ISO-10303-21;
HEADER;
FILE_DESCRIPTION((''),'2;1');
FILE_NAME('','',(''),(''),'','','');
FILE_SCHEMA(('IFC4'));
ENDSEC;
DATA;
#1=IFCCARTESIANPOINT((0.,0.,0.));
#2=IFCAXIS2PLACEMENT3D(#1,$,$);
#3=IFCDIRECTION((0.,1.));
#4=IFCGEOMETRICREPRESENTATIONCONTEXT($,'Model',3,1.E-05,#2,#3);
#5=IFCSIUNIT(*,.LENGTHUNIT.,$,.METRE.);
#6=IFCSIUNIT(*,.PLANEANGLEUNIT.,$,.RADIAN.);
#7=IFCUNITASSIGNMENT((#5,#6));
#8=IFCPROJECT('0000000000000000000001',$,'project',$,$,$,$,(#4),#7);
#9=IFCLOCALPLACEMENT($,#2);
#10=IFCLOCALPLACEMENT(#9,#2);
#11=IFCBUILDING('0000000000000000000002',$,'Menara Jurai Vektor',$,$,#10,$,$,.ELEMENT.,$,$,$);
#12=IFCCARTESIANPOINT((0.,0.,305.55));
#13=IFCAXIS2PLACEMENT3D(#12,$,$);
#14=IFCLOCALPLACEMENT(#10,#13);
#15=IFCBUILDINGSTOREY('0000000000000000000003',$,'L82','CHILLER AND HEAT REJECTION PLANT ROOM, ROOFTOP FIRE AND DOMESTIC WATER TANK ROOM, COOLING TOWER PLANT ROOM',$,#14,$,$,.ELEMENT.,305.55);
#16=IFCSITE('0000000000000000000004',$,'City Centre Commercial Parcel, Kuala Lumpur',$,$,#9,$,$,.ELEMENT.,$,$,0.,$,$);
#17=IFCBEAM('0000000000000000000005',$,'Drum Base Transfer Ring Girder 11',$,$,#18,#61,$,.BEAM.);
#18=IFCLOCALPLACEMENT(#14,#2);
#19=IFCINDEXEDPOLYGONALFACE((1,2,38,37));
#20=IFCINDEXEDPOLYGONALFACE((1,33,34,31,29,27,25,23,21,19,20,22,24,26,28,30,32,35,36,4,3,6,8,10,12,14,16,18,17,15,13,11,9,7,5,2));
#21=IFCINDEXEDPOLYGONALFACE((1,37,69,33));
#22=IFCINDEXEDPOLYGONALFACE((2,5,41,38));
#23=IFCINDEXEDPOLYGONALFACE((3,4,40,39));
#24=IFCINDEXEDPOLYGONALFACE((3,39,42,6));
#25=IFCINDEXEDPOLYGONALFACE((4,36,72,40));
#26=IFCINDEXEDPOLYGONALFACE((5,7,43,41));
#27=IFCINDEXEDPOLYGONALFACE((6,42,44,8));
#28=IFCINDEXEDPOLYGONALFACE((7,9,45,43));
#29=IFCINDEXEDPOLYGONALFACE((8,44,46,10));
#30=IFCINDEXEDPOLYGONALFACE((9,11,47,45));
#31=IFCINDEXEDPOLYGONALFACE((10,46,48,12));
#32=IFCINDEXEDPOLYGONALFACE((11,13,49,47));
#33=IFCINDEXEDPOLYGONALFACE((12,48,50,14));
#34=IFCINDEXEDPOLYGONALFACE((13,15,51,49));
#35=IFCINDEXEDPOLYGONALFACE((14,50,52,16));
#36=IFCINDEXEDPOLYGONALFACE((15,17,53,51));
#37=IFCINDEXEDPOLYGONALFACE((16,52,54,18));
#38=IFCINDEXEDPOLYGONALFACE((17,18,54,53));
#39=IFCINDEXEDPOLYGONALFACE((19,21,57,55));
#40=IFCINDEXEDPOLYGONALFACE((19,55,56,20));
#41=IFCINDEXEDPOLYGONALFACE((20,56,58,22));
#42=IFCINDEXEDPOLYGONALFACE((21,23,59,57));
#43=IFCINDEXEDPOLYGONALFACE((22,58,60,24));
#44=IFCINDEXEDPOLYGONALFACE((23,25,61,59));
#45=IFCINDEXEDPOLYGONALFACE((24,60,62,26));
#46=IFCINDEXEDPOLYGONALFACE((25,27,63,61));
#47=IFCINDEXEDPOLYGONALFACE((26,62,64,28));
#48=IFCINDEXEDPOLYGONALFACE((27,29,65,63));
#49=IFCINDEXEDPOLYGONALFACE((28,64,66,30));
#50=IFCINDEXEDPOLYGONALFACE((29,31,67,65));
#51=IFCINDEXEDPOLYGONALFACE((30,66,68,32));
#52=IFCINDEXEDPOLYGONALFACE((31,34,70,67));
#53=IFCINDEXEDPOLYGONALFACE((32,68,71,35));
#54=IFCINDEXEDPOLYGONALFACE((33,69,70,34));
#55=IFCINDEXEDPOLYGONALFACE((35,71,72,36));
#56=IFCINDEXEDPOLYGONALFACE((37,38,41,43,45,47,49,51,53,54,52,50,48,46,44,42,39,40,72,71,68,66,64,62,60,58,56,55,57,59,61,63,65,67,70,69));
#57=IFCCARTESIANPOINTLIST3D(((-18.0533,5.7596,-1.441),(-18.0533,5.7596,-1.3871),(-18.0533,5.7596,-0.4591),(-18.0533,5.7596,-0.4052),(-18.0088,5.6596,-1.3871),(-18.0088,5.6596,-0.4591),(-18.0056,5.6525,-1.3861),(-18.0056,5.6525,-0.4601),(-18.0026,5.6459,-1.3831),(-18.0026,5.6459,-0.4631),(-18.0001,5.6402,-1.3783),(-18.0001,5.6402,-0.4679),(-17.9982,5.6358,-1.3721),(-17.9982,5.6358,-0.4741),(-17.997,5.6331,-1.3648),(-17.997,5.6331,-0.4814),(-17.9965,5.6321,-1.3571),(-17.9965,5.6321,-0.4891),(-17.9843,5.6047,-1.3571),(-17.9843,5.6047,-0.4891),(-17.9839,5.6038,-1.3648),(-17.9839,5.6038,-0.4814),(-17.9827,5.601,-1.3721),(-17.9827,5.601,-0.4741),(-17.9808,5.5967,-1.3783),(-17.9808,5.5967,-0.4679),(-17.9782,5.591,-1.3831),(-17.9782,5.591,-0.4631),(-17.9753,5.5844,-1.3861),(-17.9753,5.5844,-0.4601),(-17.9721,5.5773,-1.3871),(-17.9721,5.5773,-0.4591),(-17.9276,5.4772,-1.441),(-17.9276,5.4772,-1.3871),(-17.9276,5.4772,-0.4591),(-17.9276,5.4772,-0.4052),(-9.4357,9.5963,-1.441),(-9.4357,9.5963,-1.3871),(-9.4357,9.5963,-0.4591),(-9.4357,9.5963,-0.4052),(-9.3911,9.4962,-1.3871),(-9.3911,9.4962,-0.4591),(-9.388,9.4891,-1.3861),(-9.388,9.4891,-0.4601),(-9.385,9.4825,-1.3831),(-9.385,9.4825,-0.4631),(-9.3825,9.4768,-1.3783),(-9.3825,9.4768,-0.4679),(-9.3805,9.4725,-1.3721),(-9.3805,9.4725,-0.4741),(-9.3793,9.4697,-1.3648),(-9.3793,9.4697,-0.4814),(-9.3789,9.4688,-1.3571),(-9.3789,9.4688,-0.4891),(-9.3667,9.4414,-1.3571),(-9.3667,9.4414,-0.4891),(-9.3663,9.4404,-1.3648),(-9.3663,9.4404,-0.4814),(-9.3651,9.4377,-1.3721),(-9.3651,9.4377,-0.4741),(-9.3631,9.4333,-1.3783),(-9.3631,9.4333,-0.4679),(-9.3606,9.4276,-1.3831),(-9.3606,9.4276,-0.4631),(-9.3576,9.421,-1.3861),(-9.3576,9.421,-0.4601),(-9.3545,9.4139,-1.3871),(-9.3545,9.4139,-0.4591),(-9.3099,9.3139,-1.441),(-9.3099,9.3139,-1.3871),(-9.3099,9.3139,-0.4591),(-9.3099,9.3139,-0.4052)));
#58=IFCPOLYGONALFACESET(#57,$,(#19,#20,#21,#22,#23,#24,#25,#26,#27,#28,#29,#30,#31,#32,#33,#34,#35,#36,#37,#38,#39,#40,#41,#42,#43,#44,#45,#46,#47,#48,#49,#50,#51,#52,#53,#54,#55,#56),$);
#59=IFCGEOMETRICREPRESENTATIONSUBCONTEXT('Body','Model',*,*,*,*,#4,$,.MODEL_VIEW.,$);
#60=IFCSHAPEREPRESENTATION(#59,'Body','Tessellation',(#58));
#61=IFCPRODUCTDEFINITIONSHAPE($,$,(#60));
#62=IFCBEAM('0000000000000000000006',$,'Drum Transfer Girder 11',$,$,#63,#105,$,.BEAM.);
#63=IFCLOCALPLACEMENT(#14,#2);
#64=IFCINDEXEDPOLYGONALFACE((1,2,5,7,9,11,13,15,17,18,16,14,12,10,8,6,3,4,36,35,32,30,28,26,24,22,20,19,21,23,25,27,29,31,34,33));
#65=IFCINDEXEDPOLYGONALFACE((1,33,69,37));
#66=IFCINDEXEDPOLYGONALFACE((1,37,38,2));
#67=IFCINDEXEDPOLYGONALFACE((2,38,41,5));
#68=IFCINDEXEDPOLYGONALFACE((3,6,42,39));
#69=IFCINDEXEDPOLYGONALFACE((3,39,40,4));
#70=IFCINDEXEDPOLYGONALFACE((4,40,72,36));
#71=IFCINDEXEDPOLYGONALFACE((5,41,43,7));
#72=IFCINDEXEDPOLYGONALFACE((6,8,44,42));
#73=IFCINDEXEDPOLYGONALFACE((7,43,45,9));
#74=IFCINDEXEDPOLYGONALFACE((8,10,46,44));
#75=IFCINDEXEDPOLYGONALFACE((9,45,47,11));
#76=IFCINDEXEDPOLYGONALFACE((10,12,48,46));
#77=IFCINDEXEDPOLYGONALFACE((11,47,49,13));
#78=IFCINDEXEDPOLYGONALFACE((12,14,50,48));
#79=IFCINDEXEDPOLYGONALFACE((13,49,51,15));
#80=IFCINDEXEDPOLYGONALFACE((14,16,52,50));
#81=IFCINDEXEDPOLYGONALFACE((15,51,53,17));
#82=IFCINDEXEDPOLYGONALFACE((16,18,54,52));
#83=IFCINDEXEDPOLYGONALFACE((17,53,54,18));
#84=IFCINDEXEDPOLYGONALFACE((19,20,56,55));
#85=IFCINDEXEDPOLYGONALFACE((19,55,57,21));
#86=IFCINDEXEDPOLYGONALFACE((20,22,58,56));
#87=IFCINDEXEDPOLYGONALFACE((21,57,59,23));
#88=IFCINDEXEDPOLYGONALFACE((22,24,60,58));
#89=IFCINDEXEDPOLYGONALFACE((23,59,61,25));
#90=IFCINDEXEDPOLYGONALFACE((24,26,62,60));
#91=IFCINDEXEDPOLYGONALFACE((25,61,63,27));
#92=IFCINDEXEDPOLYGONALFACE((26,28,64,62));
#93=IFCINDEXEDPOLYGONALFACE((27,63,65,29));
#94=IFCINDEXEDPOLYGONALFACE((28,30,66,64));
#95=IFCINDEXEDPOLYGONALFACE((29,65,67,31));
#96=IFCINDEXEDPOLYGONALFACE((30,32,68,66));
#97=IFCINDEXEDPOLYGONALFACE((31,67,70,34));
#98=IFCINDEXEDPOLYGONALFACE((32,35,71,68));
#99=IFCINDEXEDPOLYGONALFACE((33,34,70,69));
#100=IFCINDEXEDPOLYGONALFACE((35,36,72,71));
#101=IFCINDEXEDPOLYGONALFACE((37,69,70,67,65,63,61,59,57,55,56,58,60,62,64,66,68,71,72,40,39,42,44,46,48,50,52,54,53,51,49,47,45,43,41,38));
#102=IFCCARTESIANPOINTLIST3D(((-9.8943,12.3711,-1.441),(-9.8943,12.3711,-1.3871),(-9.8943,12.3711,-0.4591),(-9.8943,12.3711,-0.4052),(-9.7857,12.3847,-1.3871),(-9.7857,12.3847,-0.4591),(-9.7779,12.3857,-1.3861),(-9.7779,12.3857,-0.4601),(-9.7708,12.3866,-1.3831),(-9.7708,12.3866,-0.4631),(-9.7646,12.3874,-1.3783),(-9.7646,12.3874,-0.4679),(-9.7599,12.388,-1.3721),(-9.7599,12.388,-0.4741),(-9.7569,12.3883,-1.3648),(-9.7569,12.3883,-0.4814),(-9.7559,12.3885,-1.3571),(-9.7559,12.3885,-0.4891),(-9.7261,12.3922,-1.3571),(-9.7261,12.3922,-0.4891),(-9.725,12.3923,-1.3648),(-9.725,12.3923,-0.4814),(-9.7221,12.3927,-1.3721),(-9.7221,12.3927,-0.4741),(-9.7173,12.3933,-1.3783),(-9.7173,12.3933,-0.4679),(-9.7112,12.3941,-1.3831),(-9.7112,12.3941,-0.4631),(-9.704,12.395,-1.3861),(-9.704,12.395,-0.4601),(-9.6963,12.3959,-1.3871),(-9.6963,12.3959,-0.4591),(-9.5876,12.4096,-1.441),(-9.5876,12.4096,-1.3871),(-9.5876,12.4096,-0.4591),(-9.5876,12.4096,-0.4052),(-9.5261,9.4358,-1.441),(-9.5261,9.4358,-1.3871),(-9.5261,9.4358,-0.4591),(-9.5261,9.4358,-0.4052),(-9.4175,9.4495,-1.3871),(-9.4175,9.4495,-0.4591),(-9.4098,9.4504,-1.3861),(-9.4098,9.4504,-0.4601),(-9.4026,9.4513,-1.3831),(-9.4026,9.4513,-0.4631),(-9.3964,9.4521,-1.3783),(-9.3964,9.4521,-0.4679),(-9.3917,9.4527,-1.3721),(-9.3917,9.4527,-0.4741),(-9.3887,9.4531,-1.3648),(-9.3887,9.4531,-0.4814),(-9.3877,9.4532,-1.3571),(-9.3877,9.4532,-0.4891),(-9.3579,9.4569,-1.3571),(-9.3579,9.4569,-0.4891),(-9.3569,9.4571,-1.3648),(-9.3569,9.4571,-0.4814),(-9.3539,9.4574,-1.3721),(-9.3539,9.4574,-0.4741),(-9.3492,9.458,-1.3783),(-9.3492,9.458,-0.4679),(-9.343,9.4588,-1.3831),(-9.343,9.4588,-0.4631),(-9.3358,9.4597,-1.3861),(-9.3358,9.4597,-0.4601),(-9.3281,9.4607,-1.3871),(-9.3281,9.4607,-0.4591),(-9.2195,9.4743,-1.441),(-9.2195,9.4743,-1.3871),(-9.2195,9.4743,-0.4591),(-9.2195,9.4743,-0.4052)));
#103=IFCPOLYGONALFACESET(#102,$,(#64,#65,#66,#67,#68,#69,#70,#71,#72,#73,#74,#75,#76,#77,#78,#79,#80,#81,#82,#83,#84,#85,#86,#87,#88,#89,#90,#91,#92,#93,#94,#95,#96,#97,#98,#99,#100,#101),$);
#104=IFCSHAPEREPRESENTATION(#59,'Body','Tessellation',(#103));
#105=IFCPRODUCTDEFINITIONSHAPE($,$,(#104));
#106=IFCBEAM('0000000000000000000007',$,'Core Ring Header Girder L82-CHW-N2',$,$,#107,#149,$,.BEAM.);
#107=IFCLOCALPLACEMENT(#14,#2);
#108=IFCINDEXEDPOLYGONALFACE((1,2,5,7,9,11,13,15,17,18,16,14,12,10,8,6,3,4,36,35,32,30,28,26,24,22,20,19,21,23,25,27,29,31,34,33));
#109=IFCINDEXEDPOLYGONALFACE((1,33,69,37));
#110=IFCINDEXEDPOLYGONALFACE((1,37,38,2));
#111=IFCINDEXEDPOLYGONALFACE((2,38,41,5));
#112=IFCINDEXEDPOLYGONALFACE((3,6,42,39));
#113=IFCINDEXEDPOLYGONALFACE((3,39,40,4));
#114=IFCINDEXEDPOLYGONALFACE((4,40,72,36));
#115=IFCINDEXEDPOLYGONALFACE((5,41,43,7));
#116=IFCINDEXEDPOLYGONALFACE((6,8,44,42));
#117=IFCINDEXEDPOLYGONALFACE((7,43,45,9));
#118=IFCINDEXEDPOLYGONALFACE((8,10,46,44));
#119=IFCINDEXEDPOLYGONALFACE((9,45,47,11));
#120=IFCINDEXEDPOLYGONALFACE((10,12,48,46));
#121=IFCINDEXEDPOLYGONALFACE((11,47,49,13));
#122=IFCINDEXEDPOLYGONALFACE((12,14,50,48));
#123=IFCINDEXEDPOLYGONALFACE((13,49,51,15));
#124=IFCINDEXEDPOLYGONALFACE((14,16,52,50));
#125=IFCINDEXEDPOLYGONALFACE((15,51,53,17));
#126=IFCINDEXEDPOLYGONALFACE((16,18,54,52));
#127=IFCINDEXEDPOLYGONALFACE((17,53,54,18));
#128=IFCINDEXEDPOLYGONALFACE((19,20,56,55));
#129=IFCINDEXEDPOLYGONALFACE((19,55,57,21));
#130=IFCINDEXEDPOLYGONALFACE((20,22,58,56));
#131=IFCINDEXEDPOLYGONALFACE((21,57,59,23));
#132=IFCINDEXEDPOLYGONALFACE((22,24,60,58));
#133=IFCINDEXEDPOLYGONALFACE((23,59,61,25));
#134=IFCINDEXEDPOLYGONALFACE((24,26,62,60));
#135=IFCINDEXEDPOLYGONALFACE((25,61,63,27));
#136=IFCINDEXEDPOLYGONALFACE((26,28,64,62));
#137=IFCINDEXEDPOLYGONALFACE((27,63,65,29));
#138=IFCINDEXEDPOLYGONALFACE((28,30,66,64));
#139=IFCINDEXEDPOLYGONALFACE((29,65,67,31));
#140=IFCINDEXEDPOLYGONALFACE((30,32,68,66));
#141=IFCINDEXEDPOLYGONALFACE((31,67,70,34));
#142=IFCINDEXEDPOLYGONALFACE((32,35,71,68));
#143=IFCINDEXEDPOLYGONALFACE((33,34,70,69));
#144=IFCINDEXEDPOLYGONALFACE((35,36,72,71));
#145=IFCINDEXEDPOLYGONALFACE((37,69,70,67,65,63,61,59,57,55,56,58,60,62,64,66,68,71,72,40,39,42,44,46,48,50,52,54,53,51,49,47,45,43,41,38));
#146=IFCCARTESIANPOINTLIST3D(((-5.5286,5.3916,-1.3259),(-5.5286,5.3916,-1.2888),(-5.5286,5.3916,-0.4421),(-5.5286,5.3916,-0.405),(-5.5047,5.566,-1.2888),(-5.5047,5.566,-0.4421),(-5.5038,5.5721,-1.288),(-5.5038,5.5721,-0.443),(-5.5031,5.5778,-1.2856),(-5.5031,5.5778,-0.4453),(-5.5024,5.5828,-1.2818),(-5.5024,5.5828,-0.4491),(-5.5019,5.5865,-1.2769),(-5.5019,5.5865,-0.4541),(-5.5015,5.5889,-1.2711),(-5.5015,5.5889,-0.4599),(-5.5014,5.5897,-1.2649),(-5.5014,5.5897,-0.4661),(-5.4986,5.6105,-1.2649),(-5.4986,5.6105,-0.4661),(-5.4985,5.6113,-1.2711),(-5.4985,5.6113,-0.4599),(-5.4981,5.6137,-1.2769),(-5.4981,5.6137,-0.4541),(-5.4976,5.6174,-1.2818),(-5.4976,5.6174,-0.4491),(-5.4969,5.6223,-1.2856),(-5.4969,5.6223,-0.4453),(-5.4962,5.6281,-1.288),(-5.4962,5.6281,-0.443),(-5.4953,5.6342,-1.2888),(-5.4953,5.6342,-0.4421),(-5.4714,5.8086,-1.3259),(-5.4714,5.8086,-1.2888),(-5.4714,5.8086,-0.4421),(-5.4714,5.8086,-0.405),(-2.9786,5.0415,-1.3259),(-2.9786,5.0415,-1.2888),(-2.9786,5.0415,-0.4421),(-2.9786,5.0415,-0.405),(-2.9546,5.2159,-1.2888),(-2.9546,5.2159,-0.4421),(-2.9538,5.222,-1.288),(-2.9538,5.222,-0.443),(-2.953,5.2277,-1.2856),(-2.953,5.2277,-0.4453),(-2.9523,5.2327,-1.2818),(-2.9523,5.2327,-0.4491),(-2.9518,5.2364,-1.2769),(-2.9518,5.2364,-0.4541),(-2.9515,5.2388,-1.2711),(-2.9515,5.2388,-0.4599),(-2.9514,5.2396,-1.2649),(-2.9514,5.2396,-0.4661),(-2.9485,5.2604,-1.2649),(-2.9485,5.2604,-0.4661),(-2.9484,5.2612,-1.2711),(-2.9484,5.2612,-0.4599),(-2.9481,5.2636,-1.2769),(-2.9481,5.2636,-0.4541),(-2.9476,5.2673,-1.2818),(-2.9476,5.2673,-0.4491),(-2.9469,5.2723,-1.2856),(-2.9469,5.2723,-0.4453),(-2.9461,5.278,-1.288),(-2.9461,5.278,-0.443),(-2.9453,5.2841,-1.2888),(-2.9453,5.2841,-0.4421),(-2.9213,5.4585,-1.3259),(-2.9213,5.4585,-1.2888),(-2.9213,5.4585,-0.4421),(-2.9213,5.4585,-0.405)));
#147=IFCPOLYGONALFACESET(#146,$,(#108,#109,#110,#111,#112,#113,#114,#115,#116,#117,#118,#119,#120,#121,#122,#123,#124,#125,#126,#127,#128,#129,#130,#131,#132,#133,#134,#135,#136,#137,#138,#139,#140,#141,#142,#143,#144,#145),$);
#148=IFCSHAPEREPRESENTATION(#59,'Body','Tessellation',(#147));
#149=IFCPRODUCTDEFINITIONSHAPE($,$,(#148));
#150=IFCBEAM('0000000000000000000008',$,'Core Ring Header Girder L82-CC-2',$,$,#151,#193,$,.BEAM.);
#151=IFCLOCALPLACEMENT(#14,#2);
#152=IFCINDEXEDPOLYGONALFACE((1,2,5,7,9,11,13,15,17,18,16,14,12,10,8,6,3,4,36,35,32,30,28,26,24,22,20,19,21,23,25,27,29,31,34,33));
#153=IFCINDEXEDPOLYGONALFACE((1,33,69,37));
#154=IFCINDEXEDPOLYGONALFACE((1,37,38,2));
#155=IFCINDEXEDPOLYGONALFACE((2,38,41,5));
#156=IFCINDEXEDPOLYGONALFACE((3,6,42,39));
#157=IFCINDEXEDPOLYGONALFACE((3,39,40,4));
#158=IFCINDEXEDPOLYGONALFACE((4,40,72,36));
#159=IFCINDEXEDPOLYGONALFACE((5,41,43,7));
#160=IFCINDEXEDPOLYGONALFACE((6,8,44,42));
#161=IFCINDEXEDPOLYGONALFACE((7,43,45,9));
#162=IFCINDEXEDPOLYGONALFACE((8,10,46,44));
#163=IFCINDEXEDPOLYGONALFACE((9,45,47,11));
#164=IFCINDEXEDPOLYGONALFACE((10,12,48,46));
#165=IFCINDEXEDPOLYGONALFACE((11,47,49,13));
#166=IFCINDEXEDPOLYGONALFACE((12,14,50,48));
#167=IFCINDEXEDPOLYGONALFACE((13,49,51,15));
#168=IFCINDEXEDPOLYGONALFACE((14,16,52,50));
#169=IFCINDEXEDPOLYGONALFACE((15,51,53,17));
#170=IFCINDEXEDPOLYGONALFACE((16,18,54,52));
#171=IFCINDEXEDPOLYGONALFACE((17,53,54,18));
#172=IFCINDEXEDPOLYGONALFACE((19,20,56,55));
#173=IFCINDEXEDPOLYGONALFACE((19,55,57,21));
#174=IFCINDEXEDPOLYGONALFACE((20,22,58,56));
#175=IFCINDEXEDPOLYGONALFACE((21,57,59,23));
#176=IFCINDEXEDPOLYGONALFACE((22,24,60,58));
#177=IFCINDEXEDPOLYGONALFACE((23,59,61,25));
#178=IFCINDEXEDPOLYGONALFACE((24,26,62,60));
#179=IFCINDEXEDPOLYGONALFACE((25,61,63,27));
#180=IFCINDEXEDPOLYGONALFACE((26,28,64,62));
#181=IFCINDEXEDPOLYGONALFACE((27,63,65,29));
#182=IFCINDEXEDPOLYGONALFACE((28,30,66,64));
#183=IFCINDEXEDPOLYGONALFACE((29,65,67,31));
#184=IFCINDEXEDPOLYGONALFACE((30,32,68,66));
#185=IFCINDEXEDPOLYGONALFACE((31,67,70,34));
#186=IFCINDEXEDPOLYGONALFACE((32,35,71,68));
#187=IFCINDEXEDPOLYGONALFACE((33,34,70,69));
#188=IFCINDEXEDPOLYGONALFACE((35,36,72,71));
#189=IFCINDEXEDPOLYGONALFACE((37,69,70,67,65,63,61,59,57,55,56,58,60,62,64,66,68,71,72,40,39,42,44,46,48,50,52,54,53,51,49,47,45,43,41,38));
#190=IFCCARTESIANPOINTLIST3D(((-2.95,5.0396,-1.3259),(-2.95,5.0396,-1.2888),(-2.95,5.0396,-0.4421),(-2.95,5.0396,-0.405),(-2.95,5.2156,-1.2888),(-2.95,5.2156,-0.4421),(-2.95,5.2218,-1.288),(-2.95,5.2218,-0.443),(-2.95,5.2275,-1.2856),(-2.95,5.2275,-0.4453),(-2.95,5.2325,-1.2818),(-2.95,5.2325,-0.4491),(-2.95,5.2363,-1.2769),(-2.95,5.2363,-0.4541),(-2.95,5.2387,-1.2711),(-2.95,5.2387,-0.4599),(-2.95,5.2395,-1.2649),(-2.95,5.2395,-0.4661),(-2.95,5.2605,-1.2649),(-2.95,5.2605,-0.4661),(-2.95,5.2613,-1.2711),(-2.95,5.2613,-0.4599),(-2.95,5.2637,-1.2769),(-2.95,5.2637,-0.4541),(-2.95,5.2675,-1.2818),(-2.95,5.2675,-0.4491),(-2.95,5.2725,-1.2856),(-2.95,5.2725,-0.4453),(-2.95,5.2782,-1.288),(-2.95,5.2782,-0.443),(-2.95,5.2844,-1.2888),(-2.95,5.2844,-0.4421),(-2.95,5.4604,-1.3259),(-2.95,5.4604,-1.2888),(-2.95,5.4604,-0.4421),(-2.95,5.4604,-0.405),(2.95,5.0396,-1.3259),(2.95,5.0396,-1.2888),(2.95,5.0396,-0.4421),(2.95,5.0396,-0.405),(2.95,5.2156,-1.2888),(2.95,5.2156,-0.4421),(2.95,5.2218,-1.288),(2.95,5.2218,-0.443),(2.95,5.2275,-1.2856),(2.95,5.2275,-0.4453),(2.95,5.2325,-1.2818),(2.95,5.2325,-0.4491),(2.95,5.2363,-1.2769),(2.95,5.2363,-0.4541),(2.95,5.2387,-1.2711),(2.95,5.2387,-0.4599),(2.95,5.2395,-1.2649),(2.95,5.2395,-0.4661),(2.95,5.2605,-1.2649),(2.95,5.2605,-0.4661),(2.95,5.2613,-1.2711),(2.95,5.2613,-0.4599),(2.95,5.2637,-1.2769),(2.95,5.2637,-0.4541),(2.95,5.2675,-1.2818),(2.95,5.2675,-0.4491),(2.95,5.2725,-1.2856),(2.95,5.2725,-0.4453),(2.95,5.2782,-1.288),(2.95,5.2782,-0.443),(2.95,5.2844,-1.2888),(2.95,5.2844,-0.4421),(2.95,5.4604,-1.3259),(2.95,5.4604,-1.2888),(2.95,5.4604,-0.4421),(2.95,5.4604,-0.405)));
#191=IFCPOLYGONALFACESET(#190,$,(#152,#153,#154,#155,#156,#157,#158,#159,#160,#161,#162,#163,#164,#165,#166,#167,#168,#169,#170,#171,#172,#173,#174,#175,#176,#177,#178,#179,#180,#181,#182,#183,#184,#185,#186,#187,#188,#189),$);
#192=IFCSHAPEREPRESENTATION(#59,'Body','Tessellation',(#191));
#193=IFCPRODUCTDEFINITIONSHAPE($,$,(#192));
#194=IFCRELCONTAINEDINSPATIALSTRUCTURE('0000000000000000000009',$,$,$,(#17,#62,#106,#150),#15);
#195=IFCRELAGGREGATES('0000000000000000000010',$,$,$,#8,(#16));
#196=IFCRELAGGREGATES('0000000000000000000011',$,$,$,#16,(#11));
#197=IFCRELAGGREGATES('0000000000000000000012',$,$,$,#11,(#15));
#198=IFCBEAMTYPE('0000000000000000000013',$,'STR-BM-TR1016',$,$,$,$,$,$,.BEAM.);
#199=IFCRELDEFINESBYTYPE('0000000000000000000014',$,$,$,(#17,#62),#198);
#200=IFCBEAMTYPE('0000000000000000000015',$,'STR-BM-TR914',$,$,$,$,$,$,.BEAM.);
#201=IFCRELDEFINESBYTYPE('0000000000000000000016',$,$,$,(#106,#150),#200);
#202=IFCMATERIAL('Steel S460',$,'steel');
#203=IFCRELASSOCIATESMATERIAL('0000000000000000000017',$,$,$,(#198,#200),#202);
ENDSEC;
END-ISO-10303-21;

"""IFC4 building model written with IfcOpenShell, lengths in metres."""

from ifc_helpers import new_model, si_unit, direction, frame, origin, origin_2d, place, context, subcontext, project, spatial, i_section, extrude, material, material_profile, profile_set, type_object, element, save


model = new_model("IFC4")

# Units and contexts
model_context = context("Model", 3, precision=1e-05, world=origin(), true_north=direction((0.0, 1.0)))
body_context = subcontext(model_context, "Body", "Model", "MODEL_VIEW")
ifc_project = project(units=[si_unit("LENGTHUNIT", "METRE"), si_unit("PLANEANGLEUNIT", "RADIAN")], contexts=[model_context])

# Site, building, storey
site_placement = place(None, origin())
site = spatial("IfcSite", under=ifc_project, at=site_placement, Name="City Centre Commercial Parcel, Kuala Lumpur", CompositionType="ELEMENT", RefElevation=0.0)
building_placement = place(site_placement, origin())
building = spatial("IfcBuilding", under=site, at=building_placement, Name="Menara Jurai Vektor", CompositionType="ELEMENT")
storey_placement = place(building_placement, frame((0.0, 0.0, 305.55)))
storey = spatial("IfcBuildingStorey", under=building, at=storey_placement, Name="L82", Description="CHILLER AND HEAT REJECTION PLANT ROOM, ROOFTOP FIRE AND DOMESTIC WATER TANK ROOM, COOLING TOWER PLANT ROOM", CompositionType="ELEMENT", Elevation=305.55)

# Shared definitions
ifc_material_1 = material(Name="Steel S460", Category="steel")

# Beams
ifc_material_profile_1 = material_profile(ifc_material_1, i_section(OverallWidth=0.3091, OverallDepth=1.0359, WebThickness=0.03, FlangeThickness=0.054, FilletRadius=0.03, at=origin_2d()), Name="UKB 1016x305x487")
ifc_profile_set_1 = profile_set([ifc_material_profile_1], Name="Steel S460")
beam_type_1 = type_object("IfcBeamType", Name="STR-BM-TR1016", PredefinedType="BEAM", material=ifc_profile_set_1)
beam_1_placement = place(storey_placement, frame((-9.3728, 9.4551, -0.9231), z_axis=(-0.913552, -0.406722, 0.0), x_axis=(0.406722, -0.913552, 0.0)))
element("IfcBeam", 1, at=beam_1_placement, inside=storey, type_object=beam_type_1, Name="Drum Base Transfer Ring Girder 11", PredefinedType="BEAM", context=body_context, shape_type="SweptSolid", body=[
    extrude(i_section(OverallWidth=0.3091, OverallDepth=1.0359, WebThickness=0.03, FlangeThickness=0.054, FilletRadius=0.03, at=origin_2d()), origin(), (0.0, 0.0, 1.0), 9.4331),
])
beam_2_placement = place(storey_placement, frame((-9.3728, 9.4551, -0.9231), z_axis=(-0.124451, 0.992226, 0.0), x_axis=(-0.992226, -0.124451, 0.0)))
element("IfcBeam", 2, at=beam_2_placement, inside=storey, type_object=beam_type_1, Name="Drum Transfer Girder 11", PredefinedType="BEAM", context=body_context, shape_type="SweptSolid", body=[
    extrude(i_section(OverallWidth=0.3091, OverallDepth=1.0359, WebThickness=0.03, FlangeThickness=0.054, FilletRadius=0.03, at=origin_2d()), origin(), (0.0, 0.0, 1.0), 2.9583),
])
ifc_material_profile_2 = material_profile(ifc_material_1, i_section(OverallWidth=0.4209, OverallDepth=0.9209, WebThickness=0.021, FlangeThickness=0.0371, FilletRadius=0.0239, at=origin_2d()), Name="UKB 914x419x388")
ifc_profile_set_2 = profile_set([ifc_material_profile_2], Name="Steel S460")
beam_type_2 = type_object("IfcBeamType", Name="STR-BM-TR914", PredefinedType="BEAM", material=ifc_profile_set_2)
beam_3_placement = place(storey_placement, frame((-5.5, 5.6001, -0.8655), z_axis=(0.990707, -0.136015, 0.0), x_axis=(0.136015, 0.990707, 0.0)))
element("IfcBeam", 3, at=beam_3_placement, inside=storey, type_object=beam_type_2, Name="Core Ring Header Girder L82-CHW-N2", PredefinedType="BEAM", context=body_context, shape_type="SweptSolid", body=[
    extrude(i_section(OverallWidth=0.4209, OverallDepth=0.9209, WebThickness=0.021, FlangeThickness=0.0371, FilletRadius=0.0239, at=origin_2d()), origin(), (0.0, 0.0, 1.0), 2.574),
])
beam_4_placement = place(storey_placement, frame((-2.95, 5.25, -0.8655), z_axis=(1.0, 0.0, 0.0), x_axis=(0.0, 1.0, 0.0)))
element("IfcBeam", 4, at=beam_4_placement, inside=storey, type_object=beam_type_2, Name="Core Ring Header Girder L82-CC-2", PredefinedType="BEAM", context=body_context, shape_type="SweptSolid", body=[
    extrude(i_section(OverallWidth=0.4209, OverallDepth=0.9209, WebThickness=0.021, FlangeThickness=0.0371, FilletRadius=0.0239, at=origin_2d()), origin(), (0.0, 0.0, 1.0), 5.8999),
])

save(model, "model.ifc")
